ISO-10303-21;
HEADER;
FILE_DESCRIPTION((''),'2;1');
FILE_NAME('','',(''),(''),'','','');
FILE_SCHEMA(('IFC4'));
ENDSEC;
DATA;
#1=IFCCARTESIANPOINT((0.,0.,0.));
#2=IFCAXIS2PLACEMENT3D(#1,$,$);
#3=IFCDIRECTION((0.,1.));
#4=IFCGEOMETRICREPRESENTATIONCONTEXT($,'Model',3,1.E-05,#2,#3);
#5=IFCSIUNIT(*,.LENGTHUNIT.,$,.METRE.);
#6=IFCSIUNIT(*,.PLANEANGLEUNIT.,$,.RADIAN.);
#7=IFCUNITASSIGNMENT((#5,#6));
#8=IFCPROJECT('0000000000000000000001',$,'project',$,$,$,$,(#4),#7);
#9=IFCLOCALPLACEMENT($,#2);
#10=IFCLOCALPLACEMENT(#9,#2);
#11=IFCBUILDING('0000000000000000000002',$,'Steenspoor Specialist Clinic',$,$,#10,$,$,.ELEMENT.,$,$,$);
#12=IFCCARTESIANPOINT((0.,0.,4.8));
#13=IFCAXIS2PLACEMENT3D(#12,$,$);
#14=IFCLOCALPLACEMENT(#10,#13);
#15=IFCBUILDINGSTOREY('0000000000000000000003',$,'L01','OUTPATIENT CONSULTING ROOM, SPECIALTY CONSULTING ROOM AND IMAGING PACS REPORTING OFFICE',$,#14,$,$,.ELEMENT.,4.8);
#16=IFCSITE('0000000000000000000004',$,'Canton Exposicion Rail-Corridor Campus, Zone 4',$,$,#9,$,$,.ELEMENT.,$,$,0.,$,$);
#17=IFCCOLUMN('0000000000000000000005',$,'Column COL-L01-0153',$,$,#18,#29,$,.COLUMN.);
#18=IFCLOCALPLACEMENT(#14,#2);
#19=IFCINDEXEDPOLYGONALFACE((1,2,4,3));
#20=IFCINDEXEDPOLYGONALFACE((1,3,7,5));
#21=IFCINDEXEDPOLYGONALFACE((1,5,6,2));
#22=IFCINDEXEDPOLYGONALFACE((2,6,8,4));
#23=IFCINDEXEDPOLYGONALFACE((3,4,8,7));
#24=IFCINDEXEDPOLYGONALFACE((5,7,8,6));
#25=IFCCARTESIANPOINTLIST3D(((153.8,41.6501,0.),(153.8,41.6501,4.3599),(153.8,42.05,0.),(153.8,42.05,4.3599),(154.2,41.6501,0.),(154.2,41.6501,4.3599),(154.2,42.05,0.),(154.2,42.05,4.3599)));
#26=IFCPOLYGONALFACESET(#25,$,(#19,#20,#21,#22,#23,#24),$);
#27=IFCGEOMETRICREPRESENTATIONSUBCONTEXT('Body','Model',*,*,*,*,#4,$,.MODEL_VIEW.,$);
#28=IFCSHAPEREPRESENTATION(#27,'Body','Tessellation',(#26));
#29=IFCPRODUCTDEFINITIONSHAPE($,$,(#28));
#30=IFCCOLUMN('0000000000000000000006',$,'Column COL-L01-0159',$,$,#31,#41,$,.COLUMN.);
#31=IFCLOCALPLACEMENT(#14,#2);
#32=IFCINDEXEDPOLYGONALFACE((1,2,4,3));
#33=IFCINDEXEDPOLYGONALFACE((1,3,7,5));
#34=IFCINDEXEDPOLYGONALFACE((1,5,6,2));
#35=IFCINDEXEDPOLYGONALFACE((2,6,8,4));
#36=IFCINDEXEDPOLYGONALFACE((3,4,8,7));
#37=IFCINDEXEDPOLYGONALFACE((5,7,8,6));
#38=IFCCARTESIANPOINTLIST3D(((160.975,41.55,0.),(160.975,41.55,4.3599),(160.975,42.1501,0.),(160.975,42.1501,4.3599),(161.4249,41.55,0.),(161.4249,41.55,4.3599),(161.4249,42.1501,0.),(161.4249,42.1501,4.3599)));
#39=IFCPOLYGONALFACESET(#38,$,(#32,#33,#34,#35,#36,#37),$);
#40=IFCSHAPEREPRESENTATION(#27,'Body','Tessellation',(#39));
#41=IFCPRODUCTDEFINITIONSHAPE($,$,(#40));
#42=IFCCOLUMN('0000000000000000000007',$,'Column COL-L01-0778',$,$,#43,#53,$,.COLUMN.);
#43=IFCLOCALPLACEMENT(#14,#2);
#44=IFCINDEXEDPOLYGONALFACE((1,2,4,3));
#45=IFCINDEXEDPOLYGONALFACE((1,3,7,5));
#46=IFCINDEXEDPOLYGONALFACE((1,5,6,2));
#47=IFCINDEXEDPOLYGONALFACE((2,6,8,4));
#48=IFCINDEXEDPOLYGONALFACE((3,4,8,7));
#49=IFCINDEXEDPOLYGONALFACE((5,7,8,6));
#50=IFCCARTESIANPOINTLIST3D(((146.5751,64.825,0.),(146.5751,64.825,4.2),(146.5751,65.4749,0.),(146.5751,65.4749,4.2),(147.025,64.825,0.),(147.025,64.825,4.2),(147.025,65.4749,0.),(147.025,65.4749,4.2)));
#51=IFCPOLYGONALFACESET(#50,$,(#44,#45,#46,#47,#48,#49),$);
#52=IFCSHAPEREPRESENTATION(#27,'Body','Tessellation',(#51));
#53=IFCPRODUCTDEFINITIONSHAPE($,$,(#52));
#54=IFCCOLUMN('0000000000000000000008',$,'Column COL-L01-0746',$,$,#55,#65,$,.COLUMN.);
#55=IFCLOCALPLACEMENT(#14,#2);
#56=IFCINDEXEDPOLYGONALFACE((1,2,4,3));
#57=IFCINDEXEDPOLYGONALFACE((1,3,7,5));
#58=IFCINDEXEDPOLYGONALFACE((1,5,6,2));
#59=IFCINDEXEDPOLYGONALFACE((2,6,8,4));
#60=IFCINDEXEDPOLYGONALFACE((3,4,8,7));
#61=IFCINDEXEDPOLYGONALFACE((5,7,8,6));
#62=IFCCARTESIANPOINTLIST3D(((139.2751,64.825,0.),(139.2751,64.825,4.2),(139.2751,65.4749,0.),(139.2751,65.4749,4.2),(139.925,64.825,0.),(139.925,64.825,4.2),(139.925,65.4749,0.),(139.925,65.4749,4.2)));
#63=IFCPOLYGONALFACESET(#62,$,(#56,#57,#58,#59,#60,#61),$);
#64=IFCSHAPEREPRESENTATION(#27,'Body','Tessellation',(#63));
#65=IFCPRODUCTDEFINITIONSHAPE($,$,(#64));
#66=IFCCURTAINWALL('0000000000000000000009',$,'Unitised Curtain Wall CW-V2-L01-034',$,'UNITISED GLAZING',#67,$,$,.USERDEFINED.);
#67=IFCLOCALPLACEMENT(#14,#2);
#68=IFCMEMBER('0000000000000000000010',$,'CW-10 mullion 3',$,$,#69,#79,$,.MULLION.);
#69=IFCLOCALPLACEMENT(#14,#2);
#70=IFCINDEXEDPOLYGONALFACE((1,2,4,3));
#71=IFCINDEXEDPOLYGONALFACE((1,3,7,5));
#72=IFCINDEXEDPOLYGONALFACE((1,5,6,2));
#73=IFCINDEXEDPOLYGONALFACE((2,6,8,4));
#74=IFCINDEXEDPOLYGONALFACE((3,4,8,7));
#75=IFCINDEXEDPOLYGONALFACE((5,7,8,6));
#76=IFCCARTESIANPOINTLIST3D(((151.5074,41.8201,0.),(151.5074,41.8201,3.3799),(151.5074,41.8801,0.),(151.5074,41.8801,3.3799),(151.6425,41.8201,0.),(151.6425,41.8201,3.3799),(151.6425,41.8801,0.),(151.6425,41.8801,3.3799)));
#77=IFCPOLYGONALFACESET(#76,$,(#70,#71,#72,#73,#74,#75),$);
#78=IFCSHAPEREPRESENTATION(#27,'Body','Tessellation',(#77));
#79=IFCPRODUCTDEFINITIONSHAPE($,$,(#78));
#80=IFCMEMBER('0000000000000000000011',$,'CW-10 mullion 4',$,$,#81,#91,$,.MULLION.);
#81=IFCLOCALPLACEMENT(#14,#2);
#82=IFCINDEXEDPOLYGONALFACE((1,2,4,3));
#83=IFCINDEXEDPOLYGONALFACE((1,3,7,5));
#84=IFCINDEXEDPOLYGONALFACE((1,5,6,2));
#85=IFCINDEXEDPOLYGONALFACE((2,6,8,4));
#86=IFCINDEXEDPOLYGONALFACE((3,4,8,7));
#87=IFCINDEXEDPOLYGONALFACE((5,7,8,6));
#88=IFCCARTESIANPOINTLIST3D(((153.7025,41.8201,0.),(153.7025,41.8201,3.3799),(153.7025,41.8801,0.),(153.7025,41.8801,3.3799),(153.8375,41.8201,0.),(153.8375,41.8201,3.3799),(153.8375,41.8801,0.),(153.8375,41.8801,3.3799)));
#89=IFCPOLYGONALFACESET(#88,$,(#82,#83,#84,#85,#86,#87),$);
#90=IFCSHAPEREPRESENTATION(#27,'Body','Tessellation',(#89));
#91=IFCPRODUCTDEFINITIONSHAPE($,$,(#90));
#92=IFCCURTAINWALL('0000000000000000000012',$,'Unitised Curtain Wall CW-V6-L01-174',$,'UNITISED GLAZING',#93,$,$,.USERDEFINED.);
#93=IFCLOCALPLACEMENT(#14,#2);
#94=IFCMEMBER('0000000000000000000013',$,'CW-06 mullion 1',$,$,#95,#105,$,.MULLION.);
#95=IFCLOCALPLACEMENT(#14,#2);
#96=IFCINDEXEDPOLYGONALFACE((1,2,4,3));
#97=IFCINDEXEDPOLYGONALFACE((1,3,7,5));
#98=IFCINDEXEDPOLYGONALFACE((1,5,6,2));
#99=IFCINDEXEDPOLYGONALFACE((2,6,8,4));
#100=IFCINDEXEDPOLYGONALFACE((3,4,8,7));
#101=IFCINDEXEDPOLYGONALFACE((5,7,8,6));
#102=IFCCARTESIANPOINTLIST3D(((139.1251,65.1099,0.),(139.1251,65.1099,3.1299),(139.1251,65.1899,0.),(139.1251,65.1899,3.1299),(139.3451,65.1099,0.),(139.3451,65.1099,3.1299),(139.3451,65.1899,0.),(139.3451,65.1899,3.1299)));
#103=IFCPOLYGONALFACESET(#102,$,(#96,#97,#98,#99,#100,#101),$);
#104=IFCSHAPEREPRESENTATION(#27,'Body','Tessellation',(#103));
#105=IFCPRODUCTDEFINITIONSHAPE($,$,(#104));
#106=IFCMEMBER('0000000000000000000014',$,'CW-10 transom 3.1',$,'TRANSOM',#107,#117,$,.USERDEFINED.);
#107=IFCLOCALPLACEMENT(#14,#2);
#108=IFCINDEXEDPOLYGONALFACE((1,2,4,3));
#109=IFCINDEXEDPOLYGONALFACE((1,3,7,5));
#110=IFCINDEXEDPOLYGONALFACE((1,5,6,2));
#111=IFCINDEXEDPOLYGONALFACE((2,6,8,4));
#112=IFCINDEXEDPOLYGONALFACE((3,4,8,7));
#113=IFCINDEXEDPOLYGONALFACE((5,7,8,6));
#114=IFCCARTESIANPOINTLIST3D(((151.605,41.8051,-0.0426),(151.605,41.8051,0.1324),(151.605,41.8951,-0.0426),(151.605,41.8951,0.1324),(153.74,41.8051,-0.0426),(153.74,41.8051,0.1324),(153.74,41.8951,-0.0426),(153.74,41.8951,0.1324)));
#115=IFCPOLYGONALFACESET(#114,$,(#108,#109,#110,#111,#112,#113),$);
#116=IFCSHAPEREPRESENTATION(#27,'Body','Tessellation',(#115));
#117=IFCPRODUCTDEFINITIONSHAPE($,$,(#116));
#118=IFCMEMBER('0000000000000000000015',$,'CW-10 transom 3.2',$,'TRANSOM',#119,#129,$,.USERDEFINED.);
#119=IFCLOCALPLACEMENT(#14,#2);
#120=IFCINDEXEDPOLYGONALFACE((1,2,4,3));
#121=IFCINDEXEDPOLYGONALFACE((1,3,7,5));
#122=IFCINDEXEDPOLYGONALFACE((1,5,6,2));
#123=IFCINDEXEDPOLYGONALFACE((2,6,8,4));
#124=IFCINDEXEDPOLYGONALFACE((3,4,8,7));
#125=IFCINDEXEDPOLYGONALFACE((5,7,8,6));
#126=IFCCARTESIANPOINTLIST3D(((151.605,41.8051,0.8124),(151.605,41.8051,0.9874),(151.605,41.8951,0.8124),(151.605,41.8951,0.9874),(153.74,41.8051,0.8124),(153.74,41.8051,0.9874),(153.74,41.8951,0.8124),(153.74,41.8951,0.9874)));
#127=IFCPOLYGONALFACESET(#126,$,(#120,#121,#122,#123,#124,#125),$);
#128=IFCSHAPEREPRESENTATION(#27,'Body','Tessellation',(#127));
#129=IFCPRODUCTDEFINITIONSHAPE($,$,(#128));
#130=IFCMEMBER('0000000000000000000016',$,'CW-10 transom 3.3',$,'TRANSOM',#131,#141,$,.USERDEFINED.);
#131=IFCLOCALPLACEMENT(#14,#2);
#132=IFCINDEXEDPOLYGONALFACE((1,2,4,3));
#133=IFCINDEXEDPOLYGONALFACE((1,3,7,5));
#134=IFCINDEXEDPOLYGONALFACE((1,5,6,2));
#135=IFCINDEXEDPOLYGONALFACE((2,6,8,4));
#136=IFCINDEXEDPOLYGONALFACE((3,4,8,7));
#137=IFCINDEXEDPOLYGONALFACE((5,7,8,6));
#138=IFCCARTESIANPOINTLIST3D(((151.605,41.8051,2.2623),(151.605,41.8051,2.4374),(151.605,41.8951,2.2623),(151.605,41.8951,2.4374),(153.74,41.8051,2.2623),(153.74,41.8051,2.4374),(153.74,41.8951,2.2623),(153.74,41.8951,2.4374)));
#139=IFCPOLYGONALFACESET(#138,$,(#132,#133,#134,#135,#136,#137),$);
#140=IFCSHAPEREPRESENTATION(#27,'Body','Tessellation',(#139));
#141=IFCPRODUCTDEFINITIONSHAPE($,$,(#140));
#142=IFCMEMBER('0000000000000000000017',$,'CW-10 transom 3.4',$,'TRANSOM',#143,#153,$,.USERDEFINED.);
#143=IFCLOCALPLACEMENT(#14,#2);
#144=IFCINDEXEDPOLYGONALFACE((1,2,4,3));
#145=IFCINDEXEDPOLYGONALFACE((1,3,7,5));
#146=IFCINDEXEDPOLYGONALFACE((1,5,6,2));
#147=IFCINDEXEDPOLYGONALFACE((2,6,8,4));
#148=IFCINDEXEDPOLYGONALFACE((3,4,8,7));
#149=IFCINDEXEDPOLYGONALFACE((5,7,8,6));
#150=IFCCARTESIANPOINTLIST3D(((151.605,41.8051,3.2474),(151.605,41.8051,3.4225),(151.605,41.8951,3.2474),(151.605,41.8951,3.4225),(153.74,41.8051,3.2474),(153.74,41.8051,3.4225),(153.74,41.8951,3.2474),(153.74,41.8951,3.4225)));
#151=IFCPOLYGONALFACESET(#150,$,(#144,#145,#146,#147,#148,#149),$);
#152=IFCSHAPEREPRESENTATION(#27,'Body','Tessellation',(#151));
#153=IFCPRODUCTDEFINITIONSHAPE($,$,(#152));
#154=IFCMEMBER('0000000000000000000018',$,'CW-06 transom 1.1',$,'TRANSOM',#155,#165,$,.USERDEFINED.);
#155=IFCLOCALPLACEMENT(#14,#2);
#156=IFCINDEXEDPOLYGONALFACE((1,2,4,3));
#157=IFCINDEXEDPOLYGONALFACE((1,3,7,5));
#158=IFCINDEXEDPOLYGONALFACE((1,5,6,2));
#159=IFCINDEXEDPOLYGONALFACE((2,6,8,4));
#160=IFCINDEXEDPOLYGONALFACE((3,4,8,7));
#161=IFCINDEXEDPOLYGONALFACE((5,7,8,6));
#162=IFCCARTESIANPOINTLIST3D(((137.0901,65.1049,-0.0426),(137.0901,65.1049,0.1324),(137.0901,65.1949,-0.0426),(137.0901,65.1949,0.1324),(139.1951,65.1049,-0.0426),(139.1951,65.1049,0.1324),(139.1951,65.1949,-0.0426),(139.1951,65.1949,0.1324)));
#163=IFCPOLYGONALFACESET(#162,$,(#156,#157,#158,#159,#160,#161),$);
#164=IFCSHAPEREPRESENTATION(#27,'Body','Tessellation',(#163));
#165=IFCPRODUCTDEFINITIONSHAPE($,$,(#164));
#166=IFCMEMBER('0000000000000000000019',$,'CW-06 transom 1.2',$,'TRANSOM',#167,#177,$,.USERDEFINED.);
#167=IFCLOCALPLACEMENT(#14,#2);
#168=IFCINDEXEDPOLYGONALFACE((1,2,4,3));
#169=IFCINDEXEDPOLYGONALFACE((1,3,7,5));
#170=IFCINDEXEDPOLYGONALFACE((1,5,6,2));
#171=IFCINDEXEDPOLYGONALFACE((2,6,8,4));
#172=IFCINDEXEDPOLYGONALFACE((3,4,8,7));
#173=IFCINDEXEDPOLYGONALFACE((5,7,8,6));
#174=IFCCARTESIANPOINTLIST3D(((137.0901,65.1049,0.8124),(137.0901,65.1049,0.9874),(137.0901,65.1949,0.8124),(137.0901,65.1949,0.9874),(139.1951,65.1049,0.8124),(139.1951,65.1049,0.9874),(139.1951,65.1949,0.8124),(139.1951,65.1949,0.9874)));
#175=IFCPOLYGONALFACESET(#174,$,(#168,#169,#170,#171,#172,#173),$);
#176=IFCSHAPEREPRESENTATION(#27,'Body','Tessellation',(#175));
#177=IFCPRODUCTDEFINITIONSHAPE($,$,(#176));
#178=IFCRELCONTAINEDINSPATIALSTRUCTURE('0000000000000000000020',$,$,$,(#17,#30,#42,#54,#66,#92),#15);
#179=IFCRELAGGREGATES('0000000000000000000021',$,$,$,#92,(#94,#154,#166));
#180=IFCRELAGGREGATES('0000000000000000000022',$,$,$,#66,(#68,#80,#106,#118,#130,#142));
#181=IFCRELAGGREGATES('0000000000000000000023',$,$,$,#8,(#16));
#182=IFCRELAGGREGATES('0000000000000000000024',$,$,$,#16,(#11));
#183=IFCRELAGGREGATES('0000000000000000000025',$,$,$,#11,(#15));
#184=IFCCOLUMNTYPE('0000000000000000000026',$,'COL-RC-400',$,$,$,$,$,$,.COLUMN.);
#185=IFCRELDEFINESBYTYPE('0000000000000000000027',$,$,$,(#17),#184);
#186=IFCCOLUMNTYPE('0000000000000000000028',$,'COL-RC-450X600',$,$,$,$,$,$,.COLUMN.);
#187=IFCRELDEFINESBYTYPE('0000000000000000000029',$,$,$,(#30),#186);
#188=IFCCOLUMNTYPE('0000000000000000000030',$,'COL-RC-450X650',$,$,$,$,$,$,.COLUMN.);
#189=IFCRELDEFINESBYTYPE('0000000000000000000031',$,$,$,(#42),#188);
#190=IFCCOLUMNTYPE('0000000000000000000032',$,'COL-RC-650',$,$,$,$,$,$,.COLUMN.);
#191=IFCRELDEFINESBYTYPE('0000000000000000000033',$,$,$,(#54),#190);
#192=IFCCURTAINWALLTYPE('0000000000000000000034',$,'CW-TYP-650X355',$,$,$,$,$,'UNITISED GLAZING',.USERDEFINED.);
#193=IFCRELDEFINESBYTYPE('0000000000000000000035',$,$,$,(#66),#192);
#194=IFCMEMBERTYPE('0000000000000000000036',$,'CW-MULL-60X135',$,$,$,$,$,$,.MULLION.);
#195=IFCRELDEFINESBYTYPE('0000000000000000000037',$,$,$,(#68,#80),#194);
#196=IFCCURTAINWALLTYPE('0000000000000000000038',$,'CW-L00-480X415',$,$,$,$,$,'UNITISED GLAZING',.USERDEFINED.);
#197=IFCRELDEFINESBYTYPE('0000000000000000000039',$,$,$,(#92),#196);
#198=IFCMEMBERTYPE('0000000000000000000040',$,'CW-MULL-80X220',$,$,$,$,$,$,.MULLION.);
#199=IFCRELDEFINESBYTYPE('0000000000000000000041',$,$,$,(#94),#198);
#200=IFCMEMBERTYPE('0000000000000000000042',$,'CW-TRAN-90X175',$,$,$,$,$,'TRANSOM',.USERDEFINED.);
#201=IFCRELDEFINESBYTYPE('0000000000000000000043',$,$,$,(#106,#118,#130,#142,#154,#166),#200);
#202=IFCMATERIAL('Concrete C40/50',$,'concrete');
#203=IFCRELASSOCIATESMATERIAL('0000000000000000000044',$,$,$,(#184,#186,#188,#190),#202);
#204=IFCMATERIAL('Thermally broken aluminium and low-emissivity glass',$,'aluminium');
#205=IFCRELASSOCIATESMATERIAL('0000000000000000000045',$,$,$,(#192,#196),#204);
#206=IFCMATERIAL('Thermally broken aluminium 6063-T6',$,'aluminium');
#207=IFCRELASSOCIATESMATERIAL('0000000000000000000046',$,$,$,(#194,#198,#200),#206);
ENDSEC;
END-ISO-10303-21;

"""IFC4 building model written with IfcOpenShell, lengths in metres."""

from ifc_helpers import new_model, si_unit, direction, frame, origin, origin_2d, place, context, subcontext, project, spatial, rectangle, extrude, material, material_profile, profile_set, type_object, element, aggregate, save


model = new_model("IFC4")

# Units and contexts
model_context = context("Model", 3, precision=1e-05, world=origin(), true_north=direction((0.0, 1.0)))
body_context = subcontext(model_context, "Body", "Model", "MODEL_VIEW")
ifc_project = project(units=[si_unit("LENGTHUNIT", "METRE"), si_unit("PLANEANGLEUNIT", "RADIAN")], contexts=[model_context])

# Site, building, storey
site_placement = place(None, origin())
site = spatial("IfcSite", under=ifc_project, at=site_placement, Name="Canton Exposicion Rail-Corridor Campus, Zone 4", CompositionType="ELEMENT", RefElevation=0.0)
building_placement = place(site_placement, origin())
building = spatial("IfcBuilding", under=site, at=building_placement, Name="Steenspoor Specialist Clinic", CompositionType="ELEMENT")
storey_placement = place(building_placement, frame((0.0, 0.0, 4.8)))
storey = spatial("IfcBuildingStorey", under=building, at=storey_placement, Name="L01", Description="OUTPATIENT CONSULTING ROOM, SPECIALTY CONSULTING ROOM AND IMAGING PACS REPORTING OFFICE", CompositionType="ELEMENT", Elevation=4.8)

# Columns
ifc_material_1 = material(Name="Concrete C40/50", Category="concrete")
ifc_material_profile_1 = material_profile(ifc_material_1, rectangle(XDim=0.3999, YDim=0.3999, at=origin_2d()), Name="RC-COL-400X400")
ifc_profile_set_1 = profile_set([ifc_material_profile_1], Name="Concrete C40/50")
column_type_1 = type_object("IfcColumnType", Name="COL-RC-400", PredefinedType="COLUMN", material=ifc_profile_set_1)
column_1_placement = place(storey_placement, frame((154.0, 41.8501, 0.0), z_axis=(0.0, 0.0, 1.0), x_axis=(1.0, 0.0, 0.0)))
element("IfcColumn", 1, at=column_1_placement, inside=storey, type_object=column_type_1, Name="Column COL-L01-0153", PredefinedType="COLUMN", context=body_context, shape_type="SweptSolid", body=[
    extrude(rectangle(XDim=0.3999, YDim=0.3999, at=origin_2d()), origin(), (0.0, 0.0, 1.0), 4.3599),
])
ifc_material_profile_2 = material_profile(ifc_material_1, rectangle(XDim=0.45, YDim=0.6001, at=origin_2d()), Name="RC-COL-450X600")
ifc_profile_set_2 = profile_set([ifc_material_profile_2], Name="Concrete C40/50")
column_type_2 = type_object("IfcColumnType", Name="COL-RC-450X600", PredefinedType="COLUMN", material=ifc_profile_set_2)
column_2_placement = place(storey_placement, frame((161.2, 41.8501, 0.0), z_axis=(0.0, 0.0, 1.0), x_axis=(1.0, 0.0, 0.0)))
element("IfcColumn", 2, at=column_2_placement, inside=storey, type_object=column_type_2, Name="Column COL-L01-0159", PredefinedType="COLUMN", context=body_context, shape_type="SweptSolid", body=[
    extrude(rectangle(XDim=0.45, YDim=0.6001, at=origin_2d()), origin(), (0.0, 0.0, 1.0), 4.3599),
])
ifc_material_profile_3 = material_profile(ifc_material_1, rectangle(XDim=0.45, YDim=0.6499, at=origin_2d()), Name="RC-COL-450X650")
ifc_profile_set_3 = profile_set([ifc_material_profile_3], Name="Concrete C40/50")
column_type_3 = type_object("IfcColumnType", Name="COL-RC-450X650", PredefinedType="COLUMN", material=ifc_profile_set_3)
column_3_placement = place(storey_placement, frame((146.8, 65.1499, 0.0), z_axis=(0.0, 0.0, 1.0), x_axis=(1.0, 0.0, 0.0)))
element("IfcColumn", 3, at=column_3_placement, inside=storey, type_object=column_type_3, Name="Column COL-L01-0778", PredefinedType="COLUMN", context=body_context, shape_type="SweptSolid", body=[
    extrude(rectangle(XDim=0.45, YDim=0.6499, at=origin_2d()), origin(), (0.0, 0.0, 1.0), 4.2),
])
ifc_material_profile_4 = material_profile(ifc_material_1, rectangle(XDim=0.6499, YDim=0.6499, at=origin_2d()), Name="RC-COL-650X650")
ifc_profile_set_4 = profile_set([ifc_material_profile_4], Name="Concrete C40/50")
column_type_4 = type_object("IfcColumnType", Name="COL-RC-650", PredefinedType="COLUMN", material=ifc_profile_set_4)
column_4_placement = place(storey_placement, frame((139.6001, 65.1499, 0.0), z_axis=(0.0, 0.0, 1.0), x_axis=(1.0, 0.0, 0.0)))
element("IfcColumn", 4, at=column_4_placement, inside=storey, type_object=column_type_4, Name="Column COL-L01-0746", PredefinedType="COLUMN", context=body_context, shape_type="SweptSolid", body=[
    extrude(rectangle(XDim=0.6499, YDim=0.6499, at=origin_2d()), origin(), (0.0, 0.0, 1.0), 4.2),
])

# Curtain wall, members
ifc_material_2 = material(Name="Thermally broken aluminium and low-emissivity glass", Category="aluminium")
curtain_wall_type_1 = type_object("IfcCurtainWallType", Name="CW-TYP-650X355", ElementType="UNITISED GLAZING", PredefinedType="USERDEFINED", material=ifc_material_2)
curtain_wall_1_placement = place(storey_placement, origin())
curtain_wall_1 = element("IfcCurtainWall", 5, at=curtain_wall_1_placement, inside=storey, type_object=curtain_wall_type_1, Name="Unitised Curtain Wall CW-V2-L01-034", ObjectType="UNITISED GLAZING", PredefinedType="USERDEFINED")
ifc_material_3 = material(Name="Thermally broken aluminium 6063-T6", Category="aluminium")
ifc_material_profile_5 = material_profile(ifc_material_3, rectangle(XDim=0.0601, YDim=0.135, at=origin_2d()), Name="CWM-60X135")
ifc_profile_set_5 = profile_set([ifc_material_profile_5], Name="Thermally broken aluminium 6063-T6")
member_type_1 = type_object("IfcMemberType", Name="CW-MULL-60X135", PredefinedType="MULLION", material=ifc_profile_set_5)
member_1_placement = place(storey_placement, frame((151.575, 41.8501, 0.0), z_axis=(0.0, 0.0, 1.0), x_axis=(0.0, 1.0, 0.0)))
member_1 = element("IfcMember", 6, at=member_1_placement, type_object=member_type_1, Name="CW-10 mullion 3", PredefinedType="MULLION", context=body_context, shape_type="SweptSolid", body=[
    extrude(rectangle(XDim=0.0601, YDim=0.135, at=origin_2d()), origin(), (0.0, 0.0, 1.0), 3.3799),
])
member_2_placement = place(storey_placement, frame((153.77, 41.8501, 0.0), z_axis=(0.0, 0.0, 1.0), x_axis=(0.0, 1.0, 0.0)))
member_2 = element("IfcMember", 7, at=member_2_placement, type_object=member_type_1, Name="CW-10 mullion 4", PredefinedType="MULLION", context=body_context, shape_type="SweptSolid", body=[
    extrude(rectangle(XDim=0.0601, YDim=0.135, at=origin_2d()), origin(), (0.0, 0.0, 1.0), 3.3799),
])

# Curtain wall, member
curtain_wall_type_2 = type_object("IfcCurtainWallType", Name="CW-L00-480X415", ElementType="UNITISED GLAZING", PredefinedType="USERDEFINED", material=ifc_material_2)
curtain_wall_2_placement = place(storey_placement, origin())
curtain_wall_2 = element("IfcCurtainWall", 8, at=curtain_wall_2_placement, inside=storey, type_object=curtain_wall_type_2, Name="Unitised Curtain Wall CW-V6-L01-174", ObjectType="UNITISED GLAZING", PredefinedType="USERDEFINED")
ifc_material_profile_6 = material_profile(ifc_material_3, rectangle(XDim=0.0801, YDim=0.22, at=origin_2d()), Name="CWM-80X220")
ifc_profile_set_6 = profile_set([ifc_material_profile_6], Name="Thermally broken aluminium 6063-T6")
member_type_2 = type_object("IfcMemberType", Name="CW-MULL-80X220", PredefinedType="MULLION", material=ifc_profile_set_6)
member_3_placement = place(storey_placement, frame((139.2351, 65.1499, 0.0), z_axis=(0.0, 0.0, 1.0), x_axis=(0.0, -1.0, 0.0)))
member_3 = element("IfcMember", 9, at=member_3_placement, type_object=member_type_2, Name="CW-06 mullion 1", PredefinedType="MULLION", context=body_context, shape_type="SweptSolid", body=[
    extrude(rectangle(XDim=0.0801, YDim=0.22, at=origin_2d()), origin(), (0.0, 0.0, 1.0), 3.1299),
])

# Members
ifc_material_profile_7 = material_profile(ifc_material_3, rectangle(XDim=0.0901, YDim=0.175, at=origin_2d()), Name="CWT-90X175")
ifc_profile_set_7 = profile_set([ifc_material_profile_7], Name="Thermally broken aluminium 6063-T6")
member_type_3 = type_object("IfcMemberType", Name="CW-TRAN-90X175", ElementType="TRANSOM", PredefinedType="USERDEFINED", material=ifc_profile_set_7)
member_4_placement = place(storey_placement, frame((151.605, 41.8501, 0.0449), z_axis=(1.0, 0.0, 0.0), x_axis=(0.0, 1.0, 0.0)))
member_4 = element("IfcMember", 10, at=member_4_placement, type_object=member_type_3, Name="CW-10 transom 3.1", ObjectType="TRANSOM", PredefinedType="USERDEFINED", context=body_context, shape_type="SweptSolid", body=[
    extrude(rectangle(XDim=0.0901, YDim=0.175, at=origin_2d()), origin(), (0.0, 0.0, 1.0), 2.135),
])
member_5_placement = place(storey_placement, frame((151.605, 41.8501, 0.8999), z_axis=(1.0, 0.0, 0.0), x_axis=(0.0, 1.0, 0.0)))
member_5 = element("IfcMember", 11, at=member_5_placement, type_object=member_type_3, Name="CW-10 transom 3.2", ObjectType="TRANSOM", PredefinedType="USERDEFINED", context=body_context, shape_type="SweptSolid", body=[
    extrude(rectangle(XDim=0.0901, YDim=0.175, at=origin_2d()), origin(), (0.0, 0.0, 1.0), 2.135),
])
member_6_placement = place(storey_placement, frame((151.605, 41.8501, 2.3499), z_axis=(1.0, 0.0, 0.0), x_axis=(0.0, 1.0, 0.0)))
member_6 = element("IfcMember", 12, at=member_6_placement, type_object=member_type_3, Name="CW-10 transom 3.3", ObjectType="TRANSOM", PredefinedType="USERDEFINED", context=body_context, shape_type="SweptSolid", body=[
    extrude(rectangle(XDim=0.0901, YDim=0.175, at=origin_2d()), origin(), (0.0, 0.0, 1.0), 2.135),
])
member_7_placement = place(storey_placement, frame((151.605, 41.8501, 3.335), z_axis=(1.0, 0.0, 0.0), x_axis=(0.0, 1.0, 0.0)))
member_7 = element("IfcMember", 13, at=member_7_placement, type_object=member_type_3, Name="CW-10 transom 3.4", ObjectType="TRANSOM", PredefinedType="USERDEFINED", context=body_context, shape_type="SweptSolid", body=[
    extrude(rectangle(XDim=0.0901, YDim=0.175, at=origin_2d()), origin(), (0.0, 0.0, 1.0), 2.135),
])
member_8_placement = place(storey_placement, frame((139.1951, 65.1499, 0.0449), z_axis=(-1.0, 0.0, 0.0), x_axis=(0.0, -1.0, 0.0)))
member_8 = element("IfcMember", 14, at=member_8_placement, type_object=member_type_3, Name="CW-06 transom 1.1", ObjectType="TRANSOM", PredefinedType="USERDEFINED", context=body_context, shape_type="SweptSolid", body=[
    extrude(rectangle(XDim=0.0901, YDim=0.175, at=origin_2d()), origin(), (0.0, 0.0, 1.0), 2.105),
])
member_9_placement = place(storey_placement, frame((139.1951, 65.1499, 0.8999), z_axis=(-1.0, 0.0, 0.0), x_axis=(0.0, -1.0, 0.0)))
member_9 = element("IfcMember", 15, at=member_9_placement, type_object=member_type_3, Name="CW-06 transom 1.2", ObjectType="TRANSOM", PredefinedType="USERDEFINED", context=body_context, shape_type="SweptSolid", body=[
    extrude(rectangle(XDim=0.0901, YDim=0.175, at=origin_2d()), origin(), (0.0, 0.0, 1.0), 2.105),
])

aggregate(curtain_wall_2, [member_3, member_8, member_9])
aggregate(curtain_wall_1, [member_1, member_2, member_4, member_5, member_6, member_7])

save(model, "model.ifc")
